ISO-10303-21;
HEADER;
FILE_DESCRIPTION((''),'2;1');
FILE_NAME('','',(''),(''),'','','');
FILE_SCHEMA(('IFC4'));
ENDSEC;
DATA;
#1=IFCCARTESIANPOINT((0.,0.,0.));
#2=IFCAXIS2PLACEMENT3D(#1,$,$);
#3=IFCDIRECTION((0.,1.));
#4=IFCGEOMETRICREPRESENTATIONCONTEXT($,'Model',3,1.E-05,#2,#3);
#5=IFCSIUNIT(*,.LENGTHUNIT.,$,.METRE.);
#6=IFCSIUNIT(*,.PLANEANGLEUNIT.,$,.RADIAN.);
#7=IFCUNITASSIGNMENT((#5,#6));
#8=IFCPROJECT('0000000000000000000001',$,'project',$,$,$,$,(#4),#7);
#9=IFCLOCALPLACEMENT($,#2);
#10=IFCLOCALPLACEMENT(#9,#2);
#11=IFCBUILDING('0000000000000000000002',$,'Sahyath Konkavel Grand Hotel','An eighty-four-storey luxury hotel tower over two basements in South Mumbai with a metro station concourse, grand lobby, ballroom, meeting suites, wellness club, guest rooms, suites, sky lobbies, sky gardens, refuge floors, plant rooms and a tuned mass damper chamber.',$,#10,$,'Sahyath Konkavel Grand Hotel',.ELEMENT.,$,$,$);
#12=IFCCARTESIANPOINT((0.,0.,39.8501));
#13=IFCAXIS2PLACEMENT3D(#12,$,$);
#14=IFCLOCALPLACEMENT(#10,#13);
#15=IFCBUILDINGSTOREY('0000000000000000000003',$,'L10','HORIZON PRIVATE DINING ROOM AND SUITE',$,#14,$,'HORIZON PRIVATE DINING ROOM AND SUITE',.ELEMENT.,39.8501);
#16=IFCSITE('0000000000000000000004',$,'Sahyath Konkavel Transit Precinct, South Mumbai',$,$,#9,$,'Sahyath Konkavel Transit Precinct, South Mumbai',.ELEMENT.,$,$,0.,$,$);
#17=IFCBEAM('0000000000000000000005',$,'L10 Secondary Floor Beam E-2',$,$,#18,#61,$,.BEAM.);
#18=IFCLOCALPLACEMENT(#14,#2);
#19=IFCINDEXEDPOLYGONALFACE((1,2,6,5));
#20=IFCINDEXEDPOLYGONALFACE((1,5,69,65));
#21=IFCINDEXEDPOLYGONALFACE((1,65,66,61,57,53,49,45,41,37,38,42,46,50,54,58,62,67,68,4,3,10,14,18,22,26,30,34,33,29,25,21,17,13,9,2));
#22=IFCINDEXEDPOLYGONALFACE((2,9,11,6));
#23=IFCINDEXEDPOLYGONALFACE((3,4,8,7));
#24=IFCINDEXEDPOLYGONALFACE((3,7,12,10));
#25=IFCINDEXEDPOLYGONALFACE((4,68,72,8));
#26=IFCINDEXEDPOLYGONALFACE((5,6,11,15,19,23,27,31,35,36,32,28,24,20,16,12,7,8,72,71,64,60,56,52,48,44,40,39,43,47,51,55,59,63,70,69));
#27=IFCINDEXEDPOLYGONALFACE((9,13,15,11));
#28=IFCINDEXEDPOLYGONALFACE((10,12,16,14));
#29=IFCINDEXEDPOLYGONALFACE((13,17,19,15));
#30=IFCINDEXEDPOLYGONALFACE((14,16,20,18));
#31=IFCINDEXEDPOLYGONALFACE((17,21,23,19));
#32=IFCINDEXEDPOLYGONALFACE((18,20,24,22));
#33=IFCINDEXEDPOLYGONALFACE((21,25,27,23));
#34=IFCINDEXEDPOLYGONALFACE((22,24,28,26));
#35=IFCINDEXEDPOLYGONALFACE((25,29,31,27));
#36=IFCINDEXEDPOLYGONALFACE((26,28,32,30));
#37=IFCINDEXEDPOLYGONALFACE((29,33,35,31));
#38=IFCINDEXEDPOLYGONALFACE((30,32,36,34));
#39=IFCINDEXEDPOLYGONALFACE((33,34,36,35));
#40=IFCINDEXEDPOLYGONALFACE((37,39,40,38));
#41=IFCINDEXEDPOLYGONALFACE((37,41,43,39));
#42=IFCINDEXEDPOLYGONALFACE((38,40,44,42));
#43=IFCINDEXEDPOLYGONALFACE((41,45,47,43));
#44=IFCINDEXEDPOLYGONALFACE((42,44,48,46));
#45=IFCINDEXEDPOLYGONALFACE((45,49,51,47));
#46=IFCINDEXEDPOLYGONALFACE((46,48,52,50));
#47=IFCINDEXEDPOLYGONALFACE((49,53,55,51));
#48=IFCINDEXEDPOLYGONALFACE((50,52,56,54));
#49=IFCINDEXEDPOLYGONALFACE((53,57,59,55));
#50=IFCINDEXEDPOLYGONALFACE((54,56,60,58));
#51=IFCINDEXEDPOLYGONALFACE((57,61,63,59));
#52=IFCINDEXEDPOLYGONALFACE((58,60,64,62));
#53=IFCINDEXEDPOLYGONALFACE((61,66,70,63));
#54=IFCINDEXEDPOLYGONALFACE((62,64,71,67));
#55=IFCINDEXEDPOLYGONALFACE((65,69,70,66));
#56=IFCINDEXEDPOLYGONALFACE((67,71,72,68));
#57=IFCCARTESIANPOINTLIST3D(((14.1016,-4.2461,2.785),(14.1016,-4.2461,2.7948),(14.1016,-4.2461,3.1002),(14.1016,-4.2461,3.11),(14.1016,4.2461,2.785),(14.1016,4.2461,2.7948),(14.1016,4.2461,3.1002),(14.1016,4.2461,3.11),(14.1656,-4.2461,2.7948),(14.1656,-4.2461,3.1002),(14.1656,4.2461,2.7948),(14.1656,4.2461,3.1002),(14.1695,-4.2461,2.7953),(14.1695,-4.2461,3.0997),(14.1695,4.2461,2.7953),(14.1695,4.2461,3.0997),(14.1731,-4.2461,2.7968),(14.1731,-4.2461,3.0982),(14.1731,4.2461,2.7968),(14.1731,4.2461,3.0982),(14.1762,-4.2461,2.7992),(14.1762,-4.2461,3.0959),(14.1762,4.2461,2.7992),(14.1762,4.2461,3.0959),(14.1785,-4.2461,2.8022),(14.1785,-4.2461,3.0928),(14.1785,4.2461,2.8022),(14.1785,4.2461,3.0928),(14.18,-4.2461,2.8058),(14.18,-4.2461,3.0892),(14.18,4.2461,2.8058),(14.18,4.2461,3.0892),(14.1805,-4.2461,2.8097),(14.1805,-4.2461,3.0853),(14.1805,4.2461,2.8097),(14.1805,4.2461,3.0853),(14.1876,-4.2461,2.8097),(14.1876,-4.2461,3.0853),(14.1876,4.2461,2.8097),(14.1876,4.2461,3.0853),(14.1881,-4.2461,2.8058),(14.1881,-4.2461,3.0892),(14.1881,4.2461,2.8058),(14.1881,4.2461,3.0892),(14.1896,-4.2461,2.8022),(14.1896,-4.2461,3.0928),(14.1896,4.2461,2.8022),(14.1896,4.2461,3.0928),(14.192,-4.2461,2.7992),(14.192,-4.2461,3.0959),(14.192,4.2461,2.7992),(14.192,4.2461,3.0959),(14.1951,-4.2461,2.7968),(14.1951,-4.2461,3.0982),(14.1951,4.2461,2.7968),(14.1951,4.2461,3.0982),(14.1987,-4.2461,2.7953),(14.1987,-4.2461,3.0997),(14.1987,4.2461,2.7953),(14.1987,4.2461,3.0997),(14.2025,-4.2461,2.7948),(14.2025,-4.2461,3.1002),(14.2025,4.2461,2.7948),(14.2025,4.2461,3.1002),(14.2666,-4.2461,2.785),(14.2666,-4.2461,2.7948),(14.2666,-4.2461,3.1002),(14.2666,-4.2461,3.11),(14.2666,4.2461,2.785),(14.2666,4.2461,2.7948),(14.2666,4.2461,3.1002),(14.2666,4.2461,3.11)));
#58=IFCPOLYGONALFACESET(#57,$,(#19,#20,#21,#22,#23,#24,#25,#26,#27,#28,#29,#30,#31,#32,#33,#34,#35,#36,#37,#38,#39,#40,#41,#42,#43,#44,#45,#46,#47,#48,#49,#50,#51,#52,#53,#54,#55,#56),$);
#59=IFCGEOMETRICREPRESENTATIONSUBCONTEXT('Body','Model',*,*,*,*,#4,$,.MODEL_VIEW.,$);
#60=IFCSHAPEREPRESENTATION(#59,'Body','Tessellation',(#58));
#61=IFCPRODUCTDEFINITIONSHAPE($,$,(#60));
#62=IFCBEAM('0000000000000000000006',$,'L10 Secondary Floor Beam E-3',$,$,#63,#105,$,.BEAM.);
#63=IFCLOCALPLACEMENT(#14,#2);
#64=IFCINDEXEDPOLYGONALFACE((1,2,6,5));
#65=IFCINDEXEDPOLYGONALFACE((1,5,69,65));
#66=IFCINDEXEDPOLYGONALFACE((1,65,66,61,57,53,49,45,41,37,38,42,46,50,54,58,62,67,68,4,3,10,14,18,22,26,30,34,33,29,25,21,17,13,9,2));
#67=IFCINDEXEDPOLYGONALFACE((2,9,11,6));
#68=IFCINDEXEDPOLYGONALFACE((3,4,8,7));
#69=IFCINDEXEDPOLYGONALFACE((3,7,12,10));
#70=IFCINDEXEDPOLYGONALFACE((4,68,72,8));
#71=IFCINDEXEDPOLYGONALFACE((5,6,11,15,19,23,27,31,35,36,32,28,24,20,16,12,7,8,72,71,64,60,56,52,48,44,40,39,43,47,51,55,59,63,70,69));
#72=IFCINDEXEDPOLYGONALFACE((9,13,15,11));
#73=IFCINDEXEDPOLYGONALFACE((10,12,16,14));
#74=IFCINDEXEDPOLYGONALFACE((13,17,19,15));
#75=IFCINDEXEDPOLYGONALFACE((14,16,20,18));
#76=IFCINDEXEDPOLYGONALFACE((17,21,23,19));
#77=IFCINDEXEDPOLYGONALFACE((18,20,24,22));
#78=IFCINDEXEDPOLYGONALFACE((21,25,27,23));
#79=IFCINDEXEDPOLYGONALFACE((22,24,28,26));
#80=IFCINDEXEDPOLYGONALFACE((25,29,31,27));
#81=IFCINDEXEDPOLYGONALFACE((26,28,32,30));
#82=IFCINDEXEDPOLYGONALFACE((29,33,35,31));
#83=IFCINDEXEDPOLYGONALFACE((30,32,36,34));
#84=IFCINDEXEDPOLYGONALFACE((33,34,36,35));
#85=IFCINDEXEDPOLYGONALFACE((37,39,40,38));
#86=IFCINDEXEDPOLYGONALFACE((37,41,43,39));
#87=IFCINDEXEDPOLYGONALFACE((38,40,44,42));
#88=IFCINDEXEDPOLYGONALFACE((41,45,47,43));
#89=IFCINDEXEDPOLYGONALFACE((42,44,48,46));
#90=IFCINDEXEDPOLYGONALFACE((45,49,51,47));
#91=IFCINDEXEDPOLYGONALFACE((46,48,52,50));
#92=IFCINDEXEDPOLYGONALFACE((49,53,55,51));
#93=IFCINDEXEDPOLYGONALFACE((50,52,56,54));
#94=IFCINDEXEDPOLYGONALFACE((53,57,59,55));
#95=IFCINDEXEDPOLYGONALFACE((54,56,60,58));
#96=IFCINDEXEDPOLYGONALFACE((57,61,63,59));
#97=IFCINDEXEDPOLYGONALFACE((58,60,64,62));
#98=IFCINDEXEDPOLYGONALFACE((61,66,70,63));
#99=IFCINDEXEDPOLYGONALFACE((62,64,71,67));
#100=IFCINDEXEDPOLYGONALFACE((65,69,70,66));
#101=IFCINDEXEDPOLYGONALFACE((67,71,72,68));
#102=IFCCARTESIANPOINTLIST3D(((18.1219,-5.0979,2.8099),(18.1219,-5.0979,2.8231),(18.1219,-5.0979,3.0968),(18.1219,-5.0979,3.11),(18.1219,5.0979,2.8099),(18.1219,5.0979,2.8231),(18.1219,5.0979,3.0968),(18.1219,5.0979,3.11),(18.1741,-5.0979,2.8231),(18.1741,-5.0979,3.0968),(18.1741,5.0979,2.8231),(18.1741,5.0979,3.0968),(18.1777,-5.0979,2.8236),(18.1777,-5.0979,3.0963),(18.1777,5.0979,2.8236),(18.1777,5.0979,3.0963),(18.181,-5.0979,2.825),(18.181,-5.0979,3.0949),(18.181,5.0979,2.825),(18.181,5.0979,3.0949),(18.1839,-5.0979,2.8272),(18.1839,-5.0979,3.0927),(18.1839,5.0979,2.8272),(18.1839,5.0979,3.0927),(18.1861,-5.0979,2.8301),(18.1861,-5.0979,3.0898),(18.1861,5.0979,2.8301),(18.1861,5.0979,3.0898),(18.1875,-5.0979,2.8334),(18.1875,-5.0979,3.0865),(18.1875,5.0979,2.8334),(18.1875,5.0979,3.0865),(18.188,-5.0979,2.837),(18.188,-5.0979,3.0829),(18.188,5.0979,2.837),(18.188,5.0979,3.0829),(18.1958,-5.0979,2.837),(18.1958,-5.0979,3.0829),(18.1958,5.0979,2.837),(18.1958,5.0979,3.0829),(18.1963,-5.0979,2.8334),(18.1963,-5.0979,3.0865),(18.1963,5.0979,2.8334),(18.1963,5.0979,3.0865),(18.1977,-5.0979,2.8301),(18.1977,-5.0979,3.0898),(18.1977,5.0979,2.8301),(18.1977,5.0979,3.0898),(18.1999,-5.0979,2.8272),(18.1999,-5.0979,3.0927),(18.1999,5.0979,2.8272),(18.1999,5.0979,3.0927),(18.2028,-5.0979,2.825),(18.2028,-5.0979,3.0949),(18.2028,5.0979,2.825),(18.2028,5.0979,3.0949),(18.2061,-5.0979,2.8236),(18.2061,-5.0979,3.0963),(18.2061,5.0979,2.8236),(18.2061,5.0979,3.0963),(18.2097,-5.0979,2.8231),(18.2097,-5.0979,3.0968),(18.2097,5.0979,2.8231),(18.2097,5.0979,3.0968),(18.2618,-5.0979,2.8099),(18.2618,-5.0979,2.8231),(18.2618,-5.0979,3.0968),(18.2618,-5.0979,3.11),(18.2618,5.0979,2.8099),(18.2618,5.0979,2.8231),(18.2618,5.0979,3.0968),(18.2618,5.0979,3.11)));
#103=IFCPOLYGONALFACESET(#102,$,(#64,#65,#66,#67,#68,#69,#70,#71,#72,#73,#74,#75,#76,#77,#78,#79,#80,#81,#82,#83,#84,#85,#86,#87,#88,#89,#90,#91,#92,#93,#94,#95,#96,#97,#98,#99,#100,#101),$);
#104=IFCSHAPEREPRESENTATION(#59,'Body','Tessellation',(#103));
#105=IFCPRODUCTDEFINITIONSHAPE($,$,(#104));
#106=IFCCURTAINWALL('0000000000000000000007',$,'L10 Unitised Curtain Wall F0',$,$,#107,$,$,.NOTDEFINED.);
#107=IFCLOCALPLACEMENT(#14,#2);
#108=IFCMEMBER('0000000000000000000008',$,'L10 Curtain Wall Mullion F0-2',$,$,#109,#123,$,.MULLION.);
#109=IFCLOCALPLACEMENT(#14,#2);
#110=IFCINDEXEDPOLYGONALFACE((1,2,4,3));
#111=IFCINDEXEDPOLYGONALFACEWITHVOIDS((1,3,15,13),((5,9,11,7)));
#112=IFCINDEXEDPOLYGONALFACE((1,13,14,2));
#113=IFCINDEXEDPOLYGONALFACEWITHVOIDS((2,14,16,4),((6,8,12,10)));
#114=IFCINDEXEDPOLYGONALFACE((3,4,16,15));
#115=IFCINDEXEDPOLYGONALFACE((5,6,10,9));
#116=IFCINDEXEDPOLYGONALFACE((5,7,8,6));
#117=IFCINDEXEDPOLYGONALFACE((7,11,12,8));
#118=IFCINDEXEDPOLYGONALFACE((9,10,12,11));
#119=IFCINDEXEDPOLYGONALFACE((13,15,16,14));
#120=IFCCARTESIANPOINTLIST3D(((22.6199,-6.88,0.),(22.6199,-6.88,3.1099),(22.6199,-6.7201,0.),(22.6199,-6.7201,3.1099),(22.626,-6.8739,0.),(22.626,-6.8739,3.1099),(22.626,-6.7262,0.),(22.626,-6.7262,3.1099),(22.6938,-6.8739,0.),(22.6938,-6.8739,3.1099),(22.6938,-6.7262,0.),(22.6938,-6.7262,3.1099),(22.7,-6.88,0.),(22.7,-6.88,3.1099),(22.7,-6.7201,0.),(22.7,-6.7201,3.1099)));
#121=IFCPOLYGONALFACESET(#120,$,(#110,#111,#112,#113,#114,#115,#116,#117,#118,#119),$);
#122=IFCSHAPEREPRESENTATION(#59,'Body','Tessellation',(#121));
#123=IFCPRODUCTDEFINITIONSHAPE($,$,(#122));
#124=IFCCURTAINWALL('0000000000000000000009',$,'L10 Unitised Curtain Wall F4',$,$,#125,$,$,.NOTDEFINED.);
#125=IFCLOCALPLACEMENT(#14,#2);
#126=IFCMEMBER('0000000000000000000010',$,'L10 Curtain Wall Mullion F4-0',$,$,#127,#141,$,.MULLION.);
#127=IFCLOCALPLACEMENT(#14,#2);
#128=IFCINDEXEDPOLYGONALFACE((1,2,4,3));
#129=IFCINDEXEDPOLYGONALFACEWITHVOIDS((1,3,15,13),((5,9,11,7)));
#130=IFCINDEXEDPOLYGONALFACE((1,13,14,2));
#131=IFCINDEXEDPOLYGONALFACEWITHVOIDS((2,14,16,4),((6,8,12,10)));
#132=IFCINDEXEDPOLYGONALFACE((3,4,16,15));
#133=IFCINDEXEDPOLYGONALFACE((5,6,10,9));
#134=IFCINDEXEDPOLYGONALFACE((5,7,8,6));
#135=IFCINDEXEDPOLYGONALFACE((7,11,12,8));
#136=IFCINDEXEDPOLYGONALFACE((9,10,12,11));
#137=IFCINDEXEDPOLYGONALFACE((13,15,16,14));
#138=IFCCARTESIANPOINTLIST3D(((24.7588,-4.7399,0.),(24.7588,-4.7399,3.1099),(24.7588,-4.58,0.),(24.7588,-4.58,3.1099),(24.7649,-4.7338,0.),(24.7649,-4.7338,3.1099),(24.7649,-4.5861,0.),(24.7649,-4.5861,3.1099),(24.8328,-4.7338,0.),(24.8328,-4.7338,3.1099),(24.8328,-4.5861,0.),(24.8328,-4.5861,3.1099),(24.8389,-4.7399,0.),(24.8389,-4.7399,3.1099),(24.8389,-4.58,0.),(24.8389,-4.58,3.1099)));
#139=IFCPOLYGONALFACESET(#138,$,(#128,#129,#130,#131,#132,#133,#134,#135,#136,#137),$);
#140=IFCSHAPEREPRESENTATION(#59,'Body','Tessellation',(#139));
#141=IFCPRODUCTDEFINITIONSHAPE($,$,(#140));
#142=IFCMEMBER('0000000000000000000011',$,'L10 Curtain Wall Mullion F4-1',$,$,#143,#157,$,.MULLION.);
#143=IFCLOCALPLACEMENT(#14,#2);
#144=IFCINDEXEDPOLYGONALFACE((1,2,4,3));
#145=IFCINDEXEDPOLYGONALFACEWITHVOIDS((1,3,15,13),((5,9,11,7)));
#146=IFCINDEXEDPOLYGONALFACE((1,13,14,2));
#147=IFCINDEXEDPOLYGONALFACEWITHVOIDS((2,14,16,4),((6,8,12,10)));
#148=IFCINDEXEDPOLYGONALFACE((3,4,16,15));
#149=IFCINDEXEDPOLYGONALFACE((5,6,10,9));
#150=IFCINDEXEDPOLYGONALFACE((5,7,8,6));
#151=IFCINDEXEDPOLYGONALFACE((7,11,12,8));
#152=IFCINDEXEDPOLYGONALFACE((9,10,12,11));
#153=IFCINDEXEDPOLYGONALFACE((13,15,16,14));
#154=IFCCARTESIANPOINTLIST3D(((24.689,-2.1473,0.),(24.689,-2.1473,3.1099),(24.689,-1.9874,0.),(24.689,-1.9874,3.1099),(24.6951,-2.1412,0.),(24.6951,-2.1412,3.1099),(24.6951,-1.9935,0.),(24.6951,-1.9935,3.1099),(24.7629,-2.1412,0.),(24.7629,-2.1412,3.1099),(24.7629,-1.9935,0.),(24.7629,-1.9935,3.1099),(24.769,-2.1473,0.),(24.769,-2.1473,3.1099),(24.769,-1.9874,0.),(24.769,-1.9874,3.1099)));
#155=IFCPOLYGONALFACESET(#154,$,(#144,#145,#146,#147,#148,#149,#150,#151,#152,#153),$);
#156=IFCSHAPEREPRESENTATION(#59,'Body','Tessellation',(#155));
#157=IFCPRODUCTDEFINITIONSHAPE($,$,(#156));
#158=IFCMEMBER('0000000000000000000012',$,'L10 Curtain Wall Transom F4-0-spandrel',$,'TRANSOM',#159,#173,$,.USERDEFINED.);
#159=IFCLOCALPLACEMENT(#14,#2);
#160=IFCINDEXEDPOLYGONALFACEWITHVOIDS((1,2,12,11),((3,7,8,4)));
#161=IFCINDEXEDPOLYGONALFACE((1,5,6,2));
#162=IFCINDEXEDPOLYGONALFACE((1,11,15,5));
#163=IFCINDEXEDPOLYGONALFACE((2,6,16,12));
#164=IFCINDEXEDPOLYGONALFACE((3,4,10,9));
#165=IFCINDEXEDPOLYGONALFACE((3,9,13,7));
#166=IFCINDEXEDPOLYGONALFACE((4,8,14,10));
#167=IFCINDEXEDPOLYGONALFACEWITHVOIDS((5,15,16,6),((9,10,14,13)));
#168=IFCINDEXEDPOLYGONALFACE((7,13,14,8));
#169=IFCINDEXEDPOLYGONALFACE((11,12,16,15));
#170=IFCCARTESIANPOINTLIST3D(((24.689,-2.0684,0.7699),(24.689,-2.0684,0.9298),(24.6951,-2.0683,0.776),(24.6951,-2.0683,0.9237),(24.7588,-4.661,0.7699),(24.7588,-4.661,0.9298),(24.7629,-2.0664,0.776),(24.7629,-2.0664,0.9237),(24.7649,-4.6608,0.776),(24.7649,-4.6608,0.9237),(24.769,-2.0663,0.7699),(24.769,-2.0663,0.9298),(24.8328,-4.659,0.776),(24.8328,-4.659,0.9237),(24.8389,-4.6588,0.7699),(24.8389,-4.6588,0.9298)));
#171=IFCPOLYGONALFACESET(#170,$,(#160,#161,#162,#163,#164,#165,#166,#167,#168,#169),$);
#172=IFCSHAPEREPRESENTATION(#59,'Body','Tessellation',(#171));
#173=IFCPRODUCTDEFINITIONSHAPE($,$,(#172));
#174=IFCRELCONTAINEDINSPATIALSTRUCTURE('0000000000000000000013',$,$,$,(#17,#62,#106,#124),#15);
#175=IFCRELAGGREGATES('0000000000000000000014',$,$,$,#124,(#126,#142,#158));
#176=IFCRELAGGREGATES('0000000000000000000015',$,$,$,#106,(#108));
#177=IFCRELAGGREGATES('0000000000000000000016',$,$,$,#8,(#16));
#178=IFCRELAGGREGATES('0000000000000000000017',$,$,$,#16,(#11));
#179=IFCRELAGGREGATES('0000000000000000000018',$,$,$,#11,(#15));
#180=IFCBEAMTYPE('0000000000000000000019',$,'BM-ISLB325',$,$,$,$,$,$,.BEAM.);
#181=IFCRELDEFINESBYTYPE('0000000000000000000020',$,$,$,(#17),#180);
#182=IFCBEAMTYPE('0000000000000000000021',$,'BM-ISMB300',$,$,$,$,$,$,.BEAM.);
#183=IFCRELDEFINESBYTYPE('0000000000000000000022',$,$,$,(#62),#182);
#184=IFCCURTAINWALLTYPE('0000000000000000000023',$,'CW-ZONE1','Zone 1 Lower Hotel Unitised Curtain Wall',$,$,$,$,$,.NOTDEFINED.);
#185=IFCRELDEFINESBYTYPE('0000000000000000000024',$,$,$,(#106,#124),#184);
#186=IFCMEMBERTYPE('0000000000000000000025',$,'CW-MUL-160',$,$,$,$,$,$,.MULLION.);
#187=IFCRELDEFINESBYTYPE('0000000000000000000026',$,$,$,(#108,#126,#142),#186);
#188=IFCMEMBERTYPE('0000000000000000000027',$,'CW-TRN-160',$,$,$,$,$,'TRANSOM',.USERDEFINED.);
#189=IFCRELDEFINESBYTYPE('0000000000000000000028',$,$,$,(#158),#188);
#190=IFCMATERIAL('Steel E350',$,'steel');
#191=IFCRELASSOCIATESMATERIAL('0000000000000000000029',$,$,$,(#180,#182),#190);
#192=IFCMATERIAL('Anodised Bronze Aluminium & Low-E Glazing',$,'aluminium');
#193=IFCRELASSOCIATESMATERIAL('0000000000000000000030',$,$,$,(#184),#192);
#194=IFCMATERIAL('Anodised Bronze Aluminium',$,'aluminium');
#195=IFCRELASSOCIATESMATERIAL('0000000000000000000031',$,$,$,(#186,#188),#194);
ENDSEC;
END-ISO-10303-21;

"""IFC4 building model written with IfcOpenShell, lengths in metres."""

from ifc_helpers import new_model, si_unit, direction, frame, origin, origin_2d, place, context, subcontext, project, spatial, hollow_rectangle, i_section, extrude, source, transform, mapped, material, material_profile, profile_set, type_object, element, aggregate, save


model = new_model("IFC4")

# Units and contexts
model_context = context("Model", 3, precision=1e-05, world=origin(), true_north=direction((0.0, 1.0)))
body_context = subcontext(model_context, "Body", "Model", "MODEL_VIEW")
ifc_project = project(units=[si_unit("LENGTHUNIT", "METRE"), si_unit("PLANEANGLEUNIT", "RADIAN")], contexts=[model_context])

# Site, building, storey
site_placement = place(None, origin())
site = spatial("IfcSite", under=ifc_project, at=site_placement, Name="Sahyath Konkavel Transit Precinct, South Mumbai", LongName="Sahyath Konkavel Transit Precinct, South Mumbai", CompositionType="ELEMENT", RefElevation=0.0)
building_placement = place(site_placement, origin())
building = spatial("IfcBuilding", under=site, at=building_placement, Name="Sahyath Konkavel Grand Hotel", Description="An eighty-four-storey luxury hotel tower over two basements in South Mumbai with a metro station concourse, grand lobby, ballroom, meeting suites, wellness club, guest rooms, suites, sky lobbies, sky gardens, refuge floors, plant rooms and a tuned mass damper chamber.", LongName="Sahyath Konkavel Grand Hotel", CompositionType="ELEMENT")
storey_placement = place(building_placement, frame((0.0, 0.0, 39.8501)))
storey = spatial("IfcBuildingStorey", under=building, at=storey_placement, Name="L10", Description="HORIZON PRIVATE DINING ROOM AND SUITE", LongName="HORIZON PRIVATE DINING ROOM AND SUITE", CompositionType="ELEMENT", Elevation=39.8501)

# Beams
ifc_material_1 = material(Name="Steel E350", Category="steel")
ifc_material_profile_1 = material_profile(ifc_material_1, i_section(OverallWidth=0.165, OverallDepth=0.325, WebThickness=0.0071, FlangeThickness=0.0098, FilletRadius=0.0149, at=origin_2d()), Name="ISLB 325")
ifc_profile_set_1 = profile_set([ifc_material_profile_1], Name="Steel E350")
beam_type_1 = type_object("IfcBeamType", Name="BM-ISLB325", PredefinedType="BEAM", material=ifc_profile_set_1)
shared_shape_1 = source(origin(), body_context, "Body", "SweptSolid", [
    extrude(i_section(OverallWidth=0.165, OverallDepth=0.325, WebThickness=0.0071, FlangeThickness=0.0098, FilletRadius=0.0149, at=origin_2d()), origin(), (0.0, 0.0, 1.0), 8.4922),
])
beam_1_placement = place(storey_placement, frame((14.1841, -4.2461, 2.9475), z_axis=(0.0, 1.0, 0.0), x_axis=(-1.0, 0.0, 0.0)))
element("IfcBeam", 1, at=beam_1_placement, inside=storey, type_object=beam_type_1, Name="L10 Secondary Floor Beam E-2", PredefinedType="BEAM", context=body_context, shape_type="MappedRepresentation", body=[
    mapped(shared_shape_1, transform((0.0, 0.0, 0.0), scale=1.0)),
])
ifc_material_profile_2 = material_profile(ifc_material_1, i_section(OverallWidth=0.1399, OverallDepth=0.3, WebThickness=0.0078, FlangeThickness=0.0132, FilletRadius=0.0139, at=origin_2d()), Name="ISMB 300")
ifc_profile_set_2 = profile_set([ifc_material_profile_2], Name="Steel E350")
beam_type_2 = type_object("IfcBeamType", Name="BM-ISMB300", PredefinedType="BEAM", material=ifc_profile_set_2)
shared_shape_2 = source(origin(), body_context, "Body", "SweptSolid", [
    extrude(i_section(OverallWidth=0.1399, OverallDepth=0.3, WebThickness=0.0078, FlangeThickness=0.0132, FilletRadius=0.0139, at=origin_2d()), origin(), (0.0, 0.0, 1.0), 10.1958),
])
beam_2_placement = place(storey_placement, frame((18.1919, -5.0979, 2.96), z_axis=(0.0, 1.0, 0.0), x_axis=(-1.0, 0.0, 0.0)))
element("IfcBeam", 2, at=beam_2_placement, inside=storey, type_object=beam_type_2, Name="L10 Secondary Floor Beam E-3", PredefinedType="BEAM", context=body_context, shape_type="MappedRepresentation", body=[
    mapped(shared_shape_2, transform((0.0, 0.0, 0.0), scale=1.0)),
])

# Curtain wall, member
ifc_material_2 = material(Name="Anodised Bronze Aluminium & Low-E Glazing", Category="aluminium")
curtain_wall_type = type_object("IfcCurtainWallType", Name="CW-ZONE1", Description="Zone 1 Lower Hotel Unitised Curtain Wall", PredefinedType="NOTDEFINED", material=ifc_material_2)
curtain_wall_1_placement = place(storey_placement, origin())
curtain_wall_1 = element("IfcCurtainWall", 3, at=curtain_wall_1_placement, inside=storey, type_object=curtain_wall_type, Name="L10 Unitised Curtain Wall F0", PredefinedType="NOTDEFINED")
ifc_material_3 = material(Name="Anodised Bronze Aluminium", Category="aluminium")
ifc_material_profile_3 = material_profile(ifc_material_3, hollow_rectangle(XDim=0.0801, YDim=0.1599, WallThickness=0.0061, at=origin_2d()), Name="RHS 160x80x6")
ifc_profile_set_3 = profile_set([ifc_material_profile_3], Name="Anodised Bronze Aluminium")
member_type_1 = type_object("IfcMemberType", Name="CW-MUL-160", PredefinedType="MULLION", material=ifc_profile_set_3)
shared_shape_3 = source(origin(), body_context, "Body", "SweptSolid", [
    extrude(hollow_rectangle(XDim=0.0801, YDim=0.1599, WallThickness=0.0061, at=origin_2d()), origin(), (0.0, 0.0, 1.0), 3.1099),
])
member_1_placement = place(storey_placement, frame((22.6599, -6.8, 0.0), z_axis=(0.0, 0.0, 1.0), x_axis=(1.0, 0.0, 0.0)))
member_1 = element("IfcMember", 4, at=member_1_placement, type_object=member_type_1, Name="L10 Curtain Wall Mullion F0-2", PredefinedType="MULLION", context=body_context, shape_type="MappedRepresentation", body=[
    mapped(shared_shape_3, transform((0.0, 0.0, 0.0), scale=1.0)),
])

# Curtain wall, members
curtain_wall_2_placement = place(storey_placement, origin())
curtain_wall_2 = element("IfcCurtainWall", 5, at=curtain_wall_2_placement, inside=storey, type_object=curtain_wall_type, Name="L10 Unitised Curtain Wall F4", PredefinedType="NOTDEFINED")
member_2_placement = place(storey_placement, frame((24.7988, -4.6599, 0.0), z_axis=(0.0, 0.0, 1.0), x_axis=(1.0, 0.0, 0.0)))
member_2 = element("IfcMember", 6, at=member_2_placement, type_object=member_type_1, Name="L10 Curtain Wall Mullion F4-0", PredefinedType="MULLION", context=body_context, shape_type="MappedRepresentation", body=[
    mapped(shared_shape_3, transform((0.0, 0.0, 0.0), scale=1.0)),
])
member_3_placement = place(storey_placement, frame((24.729, -2.0674, 0.0), z_axis=(0.0, 0.0, 1.0), x_axis=(1.0, 0.0, 0.0)))
member_3 = element("IfcMember", 7, at=member_3_placement, type_object=member_type_1, Name="L10 Curtain Wall Mullion F4-1", PredefinedType="MULLION", context=body_context, shape_type="MappedRepresentation", body=[
    mapped(shared_shape_3, transform((0.0, 0.0, 0.0), scale=1.0)),
])
ifc_material_profile_4 = material_profile(ifc_material_3, hollow_rectangle(XDim=0.0801, YDim=0.1599, WallThickness=0.0061, at=origin_2d()), Name="RHS 160x80x6")
ifc_profile_set_4 = profile_set([ifc_material_profile_4], Name="Anodised Bronze Aluminium")
member_type_2 = type_object("IfcMemberType", Name="CW-TRN-160", ElementType="TRANSOM", PredefinedType="USERDEFINED", material=ifc_profile_set_4)
shared_shape_4 = source(origin(), body_context, "Body", "SweptSolid", [
    extrude(hollow_rectangle(XDim=0.0801, YDim=0.1599, WallThickness=0.0061, at=origin_2d()), origin(), (0.0, 0.0, 1.0), 2.5935),
])
member_4_placement = place(storey_placement, frame((24.7988, -4.6599, 0.8499), z_axis=(-0.026923, 0.999638, 0.0), x_axis=(-0.999638, -0.026923, 0.0)))
member_4 = element("IfcMember", 8, at=member_4_placement, type_object=member_type_2, Name="L10 Curtain Wall Transom F4-0-spandrel", ObjectType="TRANSOM", PredefinedType="USERDEFINED", context=body_context, shape_type="MappedRepresentation", body=[
    mapped(shared_shape_4, transform((0.0, 0.0, 0.0), scale=1.0)),
])
aggregate(curtain_wall_2, [member_2, member_3, member_4])

aggregate(curtain_wall_1, [member_1])

save(model, "model.ifc")
